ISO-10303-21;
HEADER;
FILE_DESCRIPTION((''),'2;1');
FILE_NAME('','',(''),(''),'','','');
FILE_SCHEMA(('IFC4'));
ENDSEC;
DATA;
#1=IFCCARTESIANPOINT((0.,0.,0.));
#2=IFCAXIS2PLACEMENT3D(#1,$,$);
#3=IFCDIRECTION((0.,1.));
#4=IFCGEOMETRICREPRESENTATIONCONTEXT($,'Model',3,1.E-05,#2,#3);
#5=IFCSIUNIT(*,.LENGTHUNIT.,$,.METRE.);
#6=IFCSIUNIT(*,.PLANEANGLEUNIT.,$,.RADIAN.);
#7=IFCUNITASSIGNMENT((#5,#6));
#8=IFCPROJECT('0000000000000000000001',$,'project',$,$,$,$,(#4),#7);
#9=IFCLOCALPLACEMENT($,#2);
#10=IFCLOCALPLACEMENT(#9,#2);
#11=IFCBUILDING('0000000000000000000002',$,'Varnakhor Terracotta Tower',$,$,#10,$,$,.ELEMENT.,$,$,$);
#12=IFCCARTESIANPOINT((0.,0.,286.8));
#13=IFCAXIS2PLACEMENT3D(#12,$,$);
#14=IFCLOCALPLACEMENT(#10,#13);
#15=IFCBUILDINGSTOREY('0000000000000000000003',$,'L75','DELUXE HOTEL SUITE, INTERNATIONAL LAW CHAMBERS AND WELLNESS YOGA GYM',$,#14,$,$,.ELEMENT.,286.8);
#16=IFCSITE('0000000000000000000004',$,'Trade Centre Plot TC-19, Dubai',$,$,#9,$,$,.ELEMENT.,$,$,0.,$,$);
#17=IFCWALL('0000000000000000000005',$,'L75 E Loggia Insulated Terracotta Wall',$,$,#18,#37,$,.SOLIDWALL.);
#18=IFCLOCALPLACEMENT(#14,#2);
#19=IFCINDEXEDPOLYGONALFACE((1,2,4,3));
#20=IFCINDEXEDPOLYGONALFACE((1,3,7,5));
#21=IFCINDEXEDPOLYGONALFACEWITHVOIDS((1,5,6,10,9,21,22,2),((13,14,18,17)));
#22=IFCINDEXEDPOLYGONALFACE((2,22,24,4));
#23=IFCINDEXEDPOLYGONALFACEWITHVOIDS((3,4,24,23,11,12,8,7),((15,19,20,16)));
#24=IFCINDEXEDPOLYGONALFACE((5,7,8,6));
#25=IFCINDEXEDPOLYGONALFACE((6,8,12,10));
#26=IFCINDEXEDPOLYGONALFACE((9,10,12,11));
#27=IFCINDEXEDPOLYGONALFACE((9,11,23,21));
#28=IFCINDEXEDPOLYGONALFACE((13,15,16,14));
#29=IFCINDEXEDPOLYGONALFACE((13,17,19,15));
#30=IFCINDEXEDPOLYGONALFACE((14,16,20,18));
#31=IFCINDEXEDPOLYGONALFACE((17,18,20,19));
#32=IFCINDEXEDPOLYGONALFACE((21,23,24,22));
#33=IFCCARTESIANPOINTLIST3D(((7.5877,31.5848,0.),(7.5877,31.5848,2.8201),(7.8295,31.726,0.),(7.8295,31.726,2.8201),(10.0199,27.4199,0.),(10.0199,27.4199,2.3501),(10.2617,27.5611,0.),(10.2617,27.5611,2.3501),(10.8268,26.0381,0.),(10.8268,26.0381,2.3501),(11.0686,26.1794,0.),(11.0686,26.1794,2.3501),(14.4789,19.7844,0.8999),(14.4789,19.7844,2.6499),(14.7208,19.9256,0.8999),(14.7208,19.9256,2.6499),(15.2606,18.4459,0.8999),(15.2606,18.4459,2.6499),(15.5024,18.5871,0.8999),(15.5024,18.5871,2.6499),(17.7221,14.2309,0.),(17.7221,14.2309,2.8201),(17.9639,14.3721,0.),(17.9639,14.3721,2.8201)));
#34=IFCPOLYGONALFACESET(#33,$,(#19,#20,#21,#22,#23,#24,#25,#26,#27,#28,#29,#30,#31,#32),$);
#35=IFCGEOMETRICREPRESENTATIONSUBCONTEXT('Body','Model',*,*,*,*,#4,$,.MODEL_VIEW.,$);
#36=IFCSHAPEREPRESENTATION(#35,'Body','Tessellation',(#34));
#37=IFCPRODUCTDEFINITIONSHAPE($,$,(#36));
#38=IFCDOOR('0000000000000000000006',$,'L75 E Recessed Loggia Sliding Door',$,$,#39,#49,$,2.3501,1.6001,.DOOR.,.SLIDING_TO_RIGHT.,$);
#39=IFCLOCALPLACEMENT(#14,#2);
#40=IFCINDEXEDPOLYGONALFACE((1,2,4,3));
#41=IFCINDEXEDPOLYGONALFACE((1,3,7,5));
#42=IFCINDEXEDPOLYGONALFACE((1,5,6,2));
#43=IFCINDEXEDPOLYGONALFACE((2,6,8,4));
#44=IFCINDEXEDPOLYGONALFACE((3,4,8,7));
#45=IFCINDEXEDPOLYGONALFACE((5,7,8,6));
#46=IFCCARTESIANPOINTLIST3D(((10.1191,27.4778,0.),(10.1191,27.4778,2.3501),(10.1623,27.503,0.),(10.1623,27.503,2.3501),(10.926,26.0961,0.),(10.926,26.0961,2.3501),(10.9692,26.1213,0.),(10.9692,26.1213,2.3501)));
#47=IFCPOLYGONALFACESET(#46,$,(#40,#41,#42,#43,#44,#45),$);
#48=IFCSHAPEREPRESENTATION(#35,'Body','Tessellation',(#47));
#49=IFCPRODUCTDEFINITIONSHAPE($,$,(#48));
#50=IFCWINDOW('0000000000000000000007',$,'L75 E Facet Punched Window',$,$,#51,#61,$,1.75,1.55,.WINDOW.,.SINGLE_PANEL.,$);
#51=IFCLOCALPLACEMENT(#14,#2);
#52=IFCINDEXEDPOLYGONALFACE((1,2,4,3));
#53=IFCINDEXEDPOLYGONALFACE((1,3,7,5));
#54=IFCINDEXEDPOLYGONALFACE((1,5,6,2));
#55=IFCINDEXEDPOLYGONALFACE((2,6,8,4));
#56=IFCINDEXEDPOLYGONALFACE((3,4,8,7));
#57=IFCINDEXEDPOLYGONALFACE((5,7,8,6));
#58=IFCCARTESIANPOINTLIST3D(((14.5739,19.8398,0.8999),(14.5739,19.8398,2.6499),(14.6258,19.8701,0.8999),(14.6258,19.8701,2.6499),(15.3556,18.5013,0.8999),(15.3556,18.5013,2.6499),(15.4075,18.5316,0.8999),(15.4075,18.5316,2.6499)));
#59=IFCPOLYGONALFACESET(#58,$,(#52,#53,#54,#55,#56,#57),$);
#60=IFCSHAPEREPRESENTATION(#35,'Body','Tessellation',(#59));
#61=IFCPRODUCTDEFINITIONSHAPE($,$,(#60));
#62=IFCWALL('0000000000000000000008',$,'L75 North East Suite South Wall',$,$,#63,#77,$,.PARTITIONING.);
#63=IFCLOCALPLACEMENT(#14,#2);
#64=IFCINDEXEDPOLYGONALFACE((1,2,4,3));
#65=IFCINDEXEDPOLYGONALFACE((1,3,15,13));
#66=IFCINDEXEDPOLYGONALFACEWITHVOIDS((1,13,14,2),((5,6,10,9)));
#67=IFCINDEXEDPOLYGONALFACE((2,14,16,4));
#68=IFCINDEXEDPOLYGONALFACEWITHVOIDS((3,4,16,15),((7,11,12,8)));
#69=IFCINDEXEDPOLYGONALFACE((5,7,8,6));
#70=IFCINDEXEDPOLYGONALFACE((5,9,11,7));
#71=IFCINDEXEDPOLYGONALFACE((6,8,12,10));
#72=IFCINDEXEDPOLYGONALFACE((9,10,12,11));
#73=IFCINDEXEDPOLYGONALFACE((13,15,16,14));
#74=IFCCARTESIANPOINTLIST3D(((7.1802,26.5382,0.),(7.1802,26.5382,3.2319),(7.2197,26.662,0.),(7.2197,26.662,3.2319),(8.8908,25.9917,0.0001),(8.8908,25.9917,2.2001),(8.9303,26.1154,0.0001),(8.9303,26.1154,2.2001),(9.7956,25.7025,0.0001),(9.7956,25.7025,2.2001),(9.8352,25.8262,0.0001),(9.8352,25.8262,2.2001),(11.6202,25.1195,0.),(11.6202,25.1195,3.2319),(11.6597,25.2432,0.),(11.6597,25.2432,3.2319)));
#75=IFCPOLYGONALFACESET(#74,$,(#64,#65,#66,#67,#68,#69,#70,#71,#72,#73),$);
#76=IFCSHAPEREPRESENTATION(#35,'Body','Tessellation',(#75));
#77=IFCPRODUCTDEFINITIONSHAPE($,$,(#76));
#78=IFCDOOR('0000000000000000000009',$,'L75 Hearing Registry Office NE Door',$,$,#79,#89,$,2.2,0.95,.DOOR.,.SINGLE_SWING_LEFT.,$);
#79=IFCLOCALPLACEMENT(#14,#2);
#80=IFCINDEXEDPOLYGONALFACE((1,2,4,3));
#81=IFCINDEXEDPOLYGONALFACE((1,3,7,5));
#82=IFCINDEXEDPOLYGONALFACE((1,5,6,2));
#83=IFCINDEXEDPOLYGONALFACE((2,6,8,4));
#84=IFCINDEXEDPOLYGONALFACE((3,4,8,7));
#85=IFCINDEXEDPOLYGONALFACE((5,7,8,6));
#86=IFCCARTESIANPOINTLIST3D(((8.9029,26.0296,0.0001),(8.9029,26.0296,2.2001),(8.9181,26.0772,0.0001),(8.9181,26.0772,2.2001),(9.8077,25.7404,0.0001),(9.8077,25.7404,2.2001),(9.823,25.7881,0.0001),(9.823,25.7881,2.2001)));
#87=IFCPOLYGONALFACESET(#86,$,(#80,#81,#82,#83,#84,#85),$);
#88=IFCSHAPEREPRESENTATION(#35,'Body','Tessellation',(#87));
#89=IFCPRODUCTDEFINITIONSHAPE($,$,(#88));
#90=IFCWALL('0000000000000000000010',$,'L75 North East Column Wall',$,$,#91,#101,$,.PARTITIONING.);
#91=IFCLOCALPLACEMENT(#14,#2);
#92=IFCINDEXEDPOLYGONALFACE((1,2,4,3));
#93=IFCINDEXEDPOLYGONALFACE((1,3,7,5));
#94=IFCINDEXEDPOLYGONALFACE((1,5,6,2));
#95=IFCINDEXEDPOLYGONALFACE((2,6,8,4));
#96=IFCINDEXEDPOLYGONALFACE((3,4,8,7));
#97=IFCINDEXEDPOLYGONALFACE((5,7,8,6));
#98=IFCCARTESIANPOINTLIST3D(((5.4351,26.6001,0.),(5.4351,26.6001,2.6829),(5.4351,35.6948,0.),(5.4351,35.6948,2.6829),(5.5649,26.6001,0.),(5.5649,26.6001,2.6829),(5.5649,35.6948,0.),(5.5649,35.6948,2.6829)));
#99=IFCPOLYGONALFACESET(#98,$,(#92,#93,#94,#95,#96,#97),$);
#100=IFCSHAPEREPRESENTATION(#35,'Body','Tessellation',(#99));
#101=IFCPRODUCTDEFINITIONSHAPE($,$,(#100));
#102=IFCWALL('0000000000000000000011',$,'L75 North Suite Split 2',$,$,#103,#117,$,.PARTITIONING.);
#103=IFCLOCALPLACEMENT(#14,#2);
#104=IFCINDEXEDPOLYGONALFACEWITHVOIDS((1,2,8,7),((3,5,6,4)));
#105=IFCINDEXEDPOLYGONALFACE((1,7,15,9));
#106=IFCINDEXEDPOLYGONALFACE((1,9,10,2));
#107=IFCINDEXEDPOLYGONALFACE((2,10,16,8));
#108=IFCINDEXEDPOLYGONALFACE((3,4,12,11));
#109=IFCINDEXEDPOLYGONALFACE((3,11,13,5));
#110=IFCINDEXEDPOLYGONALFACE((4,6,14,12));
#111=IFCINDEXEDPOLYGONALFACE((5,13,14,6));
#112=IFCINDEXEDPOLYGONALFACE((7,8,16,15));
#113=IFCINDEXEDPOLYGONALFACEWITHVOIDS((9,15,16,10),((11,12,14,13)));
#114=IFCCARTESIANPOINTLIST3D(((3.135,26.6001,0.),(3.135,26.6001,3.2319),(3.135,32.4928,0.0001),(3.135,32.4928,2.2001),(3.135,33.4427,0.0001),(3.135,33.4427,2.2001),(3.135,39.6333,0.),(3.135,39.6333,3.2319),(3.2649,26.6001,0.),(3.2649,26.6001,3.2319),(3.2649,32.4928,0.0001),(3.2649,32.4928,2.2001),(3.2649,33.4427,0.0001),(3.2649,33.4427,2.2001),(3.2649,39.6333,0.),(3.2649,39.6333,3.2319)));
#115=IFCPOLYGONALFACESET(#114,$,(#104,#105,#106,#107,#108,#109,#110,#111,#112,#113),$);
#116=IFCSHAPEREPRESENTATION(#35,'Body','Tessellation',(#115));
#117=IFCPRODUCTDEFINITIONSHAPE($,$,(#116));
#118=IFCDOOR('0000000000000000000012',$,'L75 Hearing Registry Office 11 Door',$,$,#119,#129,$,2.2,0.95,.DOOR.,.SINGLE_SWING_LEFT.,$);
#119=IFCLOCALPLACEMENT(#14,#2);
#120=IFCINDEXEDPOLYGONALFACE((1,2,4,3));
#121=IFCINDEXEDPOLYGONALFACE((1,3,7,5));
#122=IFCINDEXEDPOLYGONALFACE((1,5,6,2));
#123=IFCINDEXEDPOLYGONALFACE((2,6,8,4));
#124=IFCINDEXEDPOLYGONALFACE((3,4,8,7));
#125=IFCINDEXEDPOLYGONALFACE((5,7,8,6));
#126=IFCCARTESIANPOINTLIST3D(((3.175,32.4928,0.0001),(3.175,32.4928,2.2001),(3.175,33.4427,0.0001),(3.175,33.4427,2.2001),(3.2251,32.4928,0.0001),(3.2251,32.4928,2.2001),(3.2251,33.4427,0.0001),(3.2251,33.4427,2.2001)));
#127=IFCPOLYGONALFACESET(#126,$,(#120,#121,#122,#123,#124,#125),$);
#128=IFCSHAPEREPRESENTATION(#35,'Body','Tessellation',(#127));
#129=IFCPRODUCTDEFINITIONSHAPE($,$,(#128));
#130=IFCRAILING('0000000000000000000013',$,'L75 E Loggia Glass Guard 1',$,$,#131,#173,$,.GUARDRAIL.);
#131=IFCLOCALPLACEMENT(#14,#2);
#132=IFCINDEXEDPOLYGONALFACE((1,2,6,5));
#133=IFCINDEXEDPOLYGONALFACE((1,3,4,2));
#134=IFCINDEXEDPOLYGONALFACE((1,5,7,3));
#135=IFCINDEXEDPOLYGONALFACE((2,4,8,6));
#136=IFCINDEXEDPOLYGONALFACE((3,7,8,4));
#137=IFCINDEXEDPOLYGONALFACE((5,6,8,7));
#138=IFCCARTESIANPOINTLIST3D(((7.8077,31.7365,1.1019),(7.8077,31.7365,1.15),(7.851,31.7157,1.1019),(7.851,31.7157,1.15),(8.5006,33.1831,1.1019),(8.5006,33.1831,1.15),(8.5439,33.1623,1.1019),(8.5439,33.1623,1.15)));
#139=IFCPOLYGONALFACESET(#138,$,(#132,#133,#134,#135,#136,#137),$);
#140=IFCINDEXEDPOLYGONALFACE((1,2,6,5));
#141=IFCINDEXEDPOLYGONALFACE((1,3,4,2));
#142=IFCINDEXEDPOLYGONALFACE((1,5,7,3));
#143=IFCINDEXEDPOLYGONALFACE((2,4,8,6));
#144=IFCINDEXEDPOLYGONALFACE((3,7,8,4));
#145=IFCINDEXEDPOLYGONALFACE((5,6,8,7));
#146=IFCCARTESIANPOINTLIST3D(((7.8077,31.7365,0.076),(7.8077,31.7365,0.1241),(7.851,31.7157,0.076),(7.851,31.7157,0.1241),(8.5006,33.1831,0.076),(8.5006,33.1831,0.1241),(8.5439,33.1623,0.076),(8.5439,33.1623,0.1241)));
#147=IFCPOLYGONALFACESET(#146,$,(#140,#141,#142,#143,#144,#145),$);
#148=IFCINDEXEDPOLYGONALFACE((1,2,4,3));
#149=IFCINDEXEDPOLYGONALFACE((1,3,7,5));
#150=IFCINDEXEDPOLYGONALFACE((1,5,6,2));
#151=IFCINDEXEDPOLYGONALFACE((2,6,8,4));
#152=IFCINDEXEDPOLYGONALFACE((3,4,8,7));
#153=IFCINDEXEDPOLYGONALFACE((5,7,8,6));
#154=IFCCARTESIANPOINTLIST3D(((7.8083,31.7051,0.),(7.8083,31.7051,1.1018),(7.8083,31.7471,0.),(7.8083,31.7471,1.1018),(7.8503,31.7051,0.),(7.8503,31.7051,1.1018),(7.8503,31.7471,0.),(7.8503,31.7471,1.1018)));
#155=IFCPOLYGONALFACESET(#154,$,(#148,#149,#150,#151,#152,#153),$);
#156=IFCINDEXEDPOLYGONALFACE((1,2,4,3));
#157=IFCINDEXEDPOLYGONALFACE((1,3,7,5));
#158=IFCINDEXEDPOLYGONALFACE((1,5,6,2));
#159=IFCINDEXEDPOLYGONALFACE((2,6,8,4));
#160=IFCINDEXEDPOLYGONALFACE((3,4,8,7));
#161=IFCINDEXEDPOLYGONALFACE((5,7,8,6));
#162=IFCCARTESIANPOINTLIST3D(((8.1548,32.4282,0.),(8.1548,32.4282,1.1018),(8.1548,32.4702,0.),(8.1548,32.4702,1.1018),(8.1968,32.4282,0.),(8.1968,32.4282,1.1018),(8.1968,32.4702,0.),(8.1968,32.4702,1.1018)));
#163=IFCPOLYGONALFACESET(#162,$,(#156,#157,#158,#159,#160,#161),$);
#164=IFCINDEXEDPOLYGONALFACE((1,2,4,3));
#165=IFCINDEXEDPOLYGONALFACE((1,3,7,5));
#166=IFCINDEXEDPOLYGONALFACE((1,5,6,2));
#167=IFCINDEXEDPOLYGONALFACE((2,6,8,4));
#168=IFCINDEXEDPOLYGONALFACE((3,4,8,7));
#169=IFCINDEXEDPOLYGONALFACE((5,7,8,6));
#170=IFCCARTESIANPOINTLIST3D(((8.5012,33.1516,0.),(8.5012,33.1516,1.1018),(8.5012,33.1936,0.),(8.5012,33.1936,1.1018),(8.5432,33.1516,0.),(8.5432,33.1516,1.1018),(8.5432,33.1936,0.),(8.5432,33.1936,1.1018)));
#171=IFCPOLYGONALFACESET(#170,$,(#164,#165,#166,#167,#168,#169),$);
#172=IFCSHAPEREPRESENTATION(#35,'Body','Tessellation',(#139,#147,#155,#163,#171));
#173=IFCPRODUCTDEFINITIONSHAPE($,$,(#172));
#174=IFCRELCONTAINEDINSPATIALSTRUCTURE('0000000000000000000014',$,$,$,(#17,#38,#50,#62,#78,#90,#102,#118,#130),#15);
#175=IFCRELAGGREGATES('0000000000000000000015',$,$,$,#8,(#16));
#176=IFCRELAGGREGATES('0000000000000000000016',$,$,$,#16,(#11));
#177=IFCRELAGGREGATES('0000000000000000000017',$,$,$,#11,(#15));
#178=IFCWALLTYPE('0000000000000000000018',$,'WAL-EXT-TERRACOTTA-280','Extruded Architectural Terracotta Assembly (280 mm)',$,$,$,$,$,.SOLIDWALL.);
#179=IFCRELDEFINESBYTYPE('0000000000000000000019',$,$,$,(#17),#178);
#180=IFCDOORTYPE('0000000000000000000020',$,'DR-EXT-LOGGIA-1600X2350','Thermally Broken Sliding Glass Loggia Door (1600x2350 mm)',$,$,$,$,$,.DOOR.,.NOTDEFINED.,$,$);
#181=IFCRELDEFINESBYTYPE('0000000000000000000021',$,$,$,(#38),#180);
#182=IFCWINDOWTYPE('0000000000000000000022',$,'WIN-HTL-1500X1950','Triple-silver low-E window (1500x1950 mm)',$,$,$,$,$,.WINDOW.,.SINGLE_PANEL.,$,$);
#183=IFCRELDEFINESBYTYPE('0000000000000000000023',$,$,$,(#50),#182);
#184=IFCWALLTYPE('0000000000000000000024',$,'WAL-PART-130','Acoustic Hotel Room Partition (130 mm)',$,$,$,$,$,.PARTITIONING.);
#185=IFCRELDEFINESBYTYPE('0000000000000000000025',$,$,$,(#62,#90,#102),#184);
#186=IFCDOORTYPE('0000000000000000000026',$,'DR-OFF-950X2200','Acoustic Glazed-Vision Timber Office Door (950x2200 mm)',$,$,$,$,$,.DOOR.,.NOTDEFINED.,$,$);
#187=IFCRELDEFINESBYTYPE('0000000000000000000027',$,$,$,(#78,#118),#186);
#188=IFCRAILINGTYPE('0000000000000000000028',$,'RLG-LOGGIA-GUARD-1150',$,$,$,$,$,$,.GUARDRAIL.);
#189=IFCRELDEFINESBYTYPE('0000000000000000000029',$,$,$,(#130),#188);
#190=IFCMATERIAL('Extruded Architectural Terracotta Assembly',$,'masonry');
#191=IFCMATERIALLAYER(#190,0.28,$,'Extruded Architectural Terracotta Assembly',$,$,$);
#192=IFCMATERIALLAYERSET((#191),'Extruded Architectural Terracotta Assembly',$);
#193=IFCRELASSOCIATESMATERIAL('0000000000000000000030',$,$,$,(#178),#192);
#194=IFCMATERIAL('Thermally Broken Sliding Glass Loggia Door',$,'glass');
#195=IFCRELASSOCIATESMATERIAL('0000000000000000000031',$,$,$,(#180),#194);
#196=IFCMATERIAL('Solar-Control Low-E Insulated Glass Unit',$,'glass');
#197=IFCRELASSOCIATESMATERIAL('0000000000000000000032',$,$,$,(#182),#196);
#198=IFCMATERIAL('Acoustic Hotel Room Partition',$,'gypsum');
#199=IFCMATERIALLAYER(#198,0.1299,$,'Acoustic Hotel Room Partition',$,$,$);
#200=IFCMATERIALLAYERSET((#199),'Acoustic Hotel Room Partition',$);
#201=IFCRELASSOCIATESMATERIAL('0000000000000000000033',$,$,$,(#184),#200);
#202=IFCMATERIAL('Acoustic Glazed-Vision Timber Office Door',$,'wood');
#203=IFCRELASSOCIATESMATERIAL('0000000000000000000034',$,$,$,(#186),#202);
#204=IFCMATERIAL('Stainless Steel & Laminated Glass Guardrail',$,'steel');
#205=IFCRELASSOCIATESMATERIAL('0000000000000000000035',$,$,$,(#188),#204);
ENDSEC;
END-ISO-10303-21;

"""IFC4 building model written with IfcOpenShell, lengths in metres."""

from ifc_helpers import new_model, si_unit, direction, frame, frame_2d, origin, origin_2d, place, context, subcontext, project, spatial, rectangle, extrude, source, transform, mapped, material, layer, layer_set, type_object, type_shapes, element, fill, save


model = new_model("IFC4")

# Units and contexts
model_context = context("Model", 3, precision=1e-05, world=origin(), true_north=direction((0.0, 1.0)))
body_context = subcontext(model_context, "Body", "Model", "MODEL_VIEW")
ifc_project = project(units=[si_unit("LENGTHUNIT", "METRE"), si_unit("PLANEANGLEUNIT", "RADIAN")], contexts=[model_context])

# Site, building, storey
site_placement = place(None, origin())
site = spatial("IfcSite", under=ifc_project, at=site_placement, Name="Trade Centre Plot TC-19, Dubai", CompositionType="ELEMENT", RefElevation=0.0)
building_placement = place(site_placement, origin())
building = spatial("IfcBuilding", under=site, at=building_placement, Name="Varnakhor Terracotta Tower", CompositionType="ELEMENT")
storey_placement = place(building_placement, frame((0.0, 0.0, 286.8)))
storey = spatial("IfcBuildingStorey", under=building, at=storey_placement, Name="L75", Description="DELUXE HOTEL SUITE, INTERNATIONAL LAW CHAMBERS AND WELLNESS YOGA GYM", CompositionType="ELEMENT", Elevation=286.8)

# Wall, openings, door, window
ifc_material_1 = material(Name="Extruded Architectural Terracotta Assembly", Category="masonry")
ifc_layer_1 = layer(ifc_material_1, 0.28, Name="Extruded Architectural Terracotta Assembly")
ifc_layer_set_1 = layer_set([ifc_layer_1], Name="Extruded Architectural Terracotta Assembly")
wall_type_1 = type_object("IfcWallType", Name="WAL-EXT-TERRACOTTA-280", Description="Extruded Architectural Terracotta Assembly (280 mm)", PredefinedType="SOLIDWALL", material=ifc_layer_set_1)
wall_1_placement = place(storey_placement, frame((7.7085, 31.6555, 0.0), z_axis=(0.0, 0.0, 1.0), x_axis=(0.504292, -0.863533, 0.0)))
wall_1 = element("IfcWall", 1, at=wall_1_placement, inside=storey, type_object=wall_type_1, Name="L75 E Loggia Insulated Terracotta Wall", PredefinedType="SOLIDWALL", context=body_context, shape_type="SweptSolid", body=[
    extrude(rectangle(XDim=20.0964, YDim=0.28, at=frame_2d((10.0483, 0.0))), origin(), (0.0, 0.0, 1.0), 2.8201),
])
opening_1_placement = place(wall_1_placement, frame((4.8232, 0.0, 0.0)))
opening_1 = element("IfcOpeningElement", 2, at=opening_1_placement, cuts=wall_1, PredefinedType="OPENING", context=body_context, shape_type="SweptSolid", body=[
    extrude(rectangle(XDim=1.6001, YDim=2.3501, at=frame_2d((0.8, 1.175))), frame((0.0, 0.1499, 0.0), z_axis=(0.0, -1.0, 0.0), x_axis=(1.0, 0.0, 0.0)), (0.0, 0.0, 1.0), 0.3),
])
opening_2_placement = place(wall_1_placement, frame((13.6655, 0.0, 0.8999)))
opening_2 = element("IfcOpeningElement", 3, at=opening_2_placement, cuts=wall_1, PredefinedType="OPENING", context=body_context, shape_type="SweptSolid", body=[
    extrude(rectangle(XDim=1.55, YDim=1.75, at=frame_2d((0.7749, 0.875))), frame((0.0, 0.1499, 0.0), z_axis=(0.0, -1.0, 0.0), x_axis=(1.0, 0.0, 0.0)), (0.0, 0.0, 1.0), 0.3),
])
ifc_material_2 = material(Name="Thermally Broken Sliding Glass Loggia Door", Category="glass")
door_type_1 = type_object("IfcDoorType", Name="DR-EXT-LOGGIA-1600X2350", Description="Thermally Broken Sliding Glass Loggia Door (1600x2350 mm)", OperationType="NOTDEFINED", PredefinedType="DOOR", material=ifc_material_2)
shared_shape_1 = source(origin(), body_context, "Body", "SweptSolid", [
    extrude(rectangle(XDim=1.6001, YDim=2.3501, at=frame_2d((0.8, 1.175))), frame((0.0, 0.0249, 0.0), z_axis=(0.0, -1.0, 0.0), x_axis=(1.0, 0.0, 0.0)), (0.0, 0.0, 1.0), 0.05),
])
type_shapes(door_type_1, [shared_shape_1])
door_1_placement = place(opening_1_placement, origin())
door_1 = element("IfcDoor", 4, at=door_1_placement, inside=storey, type_object=door_type_1, Name="L75 E Recessed Loggia Sliding Door", OperationType="SLIDING_TO_RIGHT", OverallHeight=2.3501, OverallWidth=1.6001, PredefinedType="DOOR", context=body_context, shape_type="MappedRepresentation", body=[
    mapped(shared_shape_1, transform((0.0, 0.0, 0.0), scale=1.0)),
])
fill(opening_1, door_1)
ifc_material_3 = material(Name="Solar-Control Low-E Insulated Glass Unit", Category="glass")
window_type = type_object("IfcWindowType", Name="WIN-HTL-1500X1950", Description="Triple-silver low-E window (1500x1950 mm)", PartitioningType="SINGLE_PANEL", PredefinedType="WINDOW", material=ifc_material_3)
shared_shape_2 = source(origin(), body_context, "Body", "SweptSolid", [
    extrude(rectangle(XDim=1.55, YDim=1.75, at=frame_2d((0.7749, 0.875))), frame((0.0, 0.03, 0.0), z_axis=(0.0, -1.0, 0.0), x_axis=(1.0, 0.0, 0.0)), (0.0, 0.0, 1.0), 0.0601),
])
type_shapes(window_type, [shared_shape_2])
window_placement = place(opening_2_placement, origin())
window = element("IfcWindow", 5, at=window_placement, inside=storey, type_object=window_type, Name="L75 E Facet Punched Window", OverallHeight=1.75, OverallWidth=1.55, PartitioningType="SINGLE_PANEL", PredefinedType="WINDOW", context=body_context, shape_type="MappedRepresentation", body=[
    mapped(shared_shape_2, transform((0.0, 0.0, 0.0), scale=1.0)),
])
fill(opening_2, window)

# Wall, opening, door
ifc_material_4 = material(Name="Acoustic Hotel Room Partition", Category="gypsum")
ifc_layer_2 = layer(ifc_material_4, 0.1299, Name="Acoustic Hotel Room Partition")
ifc_layer_set_2 = layer_set([ifc_layer_2], Name="Acoustic Hotel Room Partition")
wall_type_2 = type_object("IfcWallType", Name="WAL-PART-130", Description="Acoustic Hotel Room Partition (130 mm)", PredefinedType="PARTITIONING", material=ifc_layer_set_2)
wall_2_placement = place(storey_placement, frame((7.2, 26.6001, 0.0), z_axis=(0.0, 0.0, 1.0), x_axis=(0.952554, -0.304371, 0.0)))
wall_2 = element("IfcWall", 6, at=wall_2_placement, inside=storey, type_object=wall_type_2, Name="L75 North East Suite South Wall", PredefinedType="PARTITIONING", context=body_context, shape_type="SweptSolid", body=[
    extrude(rectangle(XDim=4.6611, YDim=0.1299, at=frame_2d((2.3306, 0.0))), origin(), (0.0, 0.0, 1.0), 3.2319),
])
opening_3_placement = place(wall_2_placement, frame((1.7957, 0.0, 0.0)))
opening_3 = element("IfcOpeningElement", 7, at=opening_3_placement, cuts=wall_2, PredefinedType="OPENING", context=body_context, shape_type="SweptSolid", body=[
    extrude(rectangle(XDim=0.95, YDim=2.2, at=frame_2d((0.4751, 1.1001))), frame((0.0, 0.075, 0.0), z_axis=(0.0, -1.0, 0.0), x_axis=(1.0, 0.0, 0.0)), (0.0, 0.0, 1.0), 0.1499),
])
ifc_material_5 = material(Name="Acoustic Glazed-Vision Timber Office Door", Category="wood")
door_type_2 = type_object("IfcDoorType", Name="DR-OFF-950X2200", Description="Acoustic Glazed-Vision Timber Office Door (950x2200 mm)", OperationType="NOTDEFINED", PredefinedType="DOOR", material=ifc_material_5)
shared_shape_3 = source(origin(), body_context, "Body", "SweptSolid", [
    extrude(rectangle(XDim=0.95, YDim=2.2, at=frame_2d((0.4751, 1.1001))), frame((0.0, 0.0249, 0.0), z_axis=(0.0, -1.0, 0.0), x_axis=(1.0, 0.0, 0.0)), (0.0, 0.0, 1.0), 0.05),
])
type_shapes(door_type_2, [shared_shape_3])
door_2_placement = place(opening_3_placement, origin())
door_2 = element("IfcDoor", 8, at=door_2_placement, inside=storey, type_object=door_type_2, Name="L75 Hearing Registry Office NE Door", OperationType="SINGLE_SWING_LEFT", OverallHeight=2.2, OverallWidth=0.95, PredefinedType="DOOR", context=body_context, shape_type="MappedRepresentation", body=[
    mapped(shared_shape_3, transform((0.0, 0.0, 0.0), scale=1.0)),
])
fill(opening_3, door_2)

# Wall
wall_3_placement = place(storey_placement, frame((5.5, 26.6001, 0.0), z_axis=(0.0, 0.0, 1.0), x_axis=(0.0, 1.0, 0.0)))
element("IfcWall", 9, at=wall_3_placement, inside=storey, type_object=wall_type_2, Name="L75 North East Column Wall", PredefinedType="PARTITIONING", context=body_context, shape_type="SweptSolid", body=[
    extrude(rectangle(XDim=9.0947, YDim=0.1299, at=frame_2d((4.5474, 0.0))), origin(), (0.0, 0.0, 1.0), 2.6829),
])

# Wall, opening, door
wall_4_placement = place(storey_placement, frame((3.2, 26.6001, 0.0), z_axis=(0.0, 0.0, 1.0), x_axis=(0.0, 1.0, 0.0)))
wall_4 = element("IfcWall", 10, at=wall_4_placement, inside=storey, type_object=wall_type_2, Name="L75 North Suite Split 2", PredefinedType="PARTITIONING", context=body_context, shape_type="SweptSolid", body=[
    extrude(rectangle(XDim=13.0332, YDim=0.1299, at=frame_2d((6.5166, 0.0))), origin(), (0.0, 0.0, 1.0), 3.2319),
])
opening_4_placement = place(wall_4_placement, frame((5.8926, 0.0, 0.0)))
opening_4 = element("IfcOpeningElement", 11, at=opening_4_placement, cuts=wall_4, PredefinedType="OPENING", context=body_context, shape_type="SweptSolid", body=[
    extrude(rectangle(XDim=0.95, YDim=2.2, at=frame_2d((0.4751, 1.1001))), frame((0.0, 0.075, 0.0), z_axis=(0.0, -1.0, 0.0), x_axis=(1.0, 0.0, 0.0)), (0.0, 0.0, 1.0), 0.1499),
])
door_3_placement = place(opening_4_placement, origin())
door_3 = element("IfcDoor", 12, at=door_3_placement, inside=storey, type_object=door_type_2, Name="L75 Hearing Registry Office 11 Door", OperationType="SINGLE_SWING_LEFT", OverallHeight=2.2, OverallWidth=0.95, PredefinedType="DOOR", context=body_context, shape_type="MappedRepresentation", body=[
    mapped(shared_shape_3, transform((0.0, 0.0, 0.0), scale=1.0)),
])
fill(opening_4, door_3)

# Railing
ifc_material_6 = material(Name="Stainless Steel & Laminated Glass Guardrail", Category="steel")
railing_type = type_object("IfcRailingType", Name="RLG-LOGGIA-GUARD-1150", PredefinedType="GUARDRAIL", material=ifc_material_6)
railing_1_placement = place(storey_placement, frame((7.8293, 31.7261, 0.0)))
element("IfcRailing", 13, at=railing_1_placement, inside=storey, type_object=railing_type, Name="L75 E Loggia Glass Guard 1", PredefinedType="GUARDRAIL", context=body_context, shape_type="SweptSolid", body=[
    extrude(rectangle(XDim=0.0481, YDim=0.0481, at=origin_2d()), frame((0.0, 0.0, 1.126), z_axis=(0.431989, 0.901879, 0.0), x_axis=(-0.901879, 0.431989, 0.0)), (0.0, 0.0, 1.0), 1.604),
    extrude(rectangle(XDim=0.0481, YDim=0.0481, at=origin_2d()), frame((0.0, 0.0, 0.1001), z_axis=(0.431989, 0.901879, 0.0), x_axis=(-0.901879, 0.431989, 0.0)), (0.0, 0.0, 1.0), 1.604),
    extrude(rectangle(XDim=0.042, YDim=0.042, at=origin_2d()), origin(), (0.0, 0.0, 1.0), 1.1018),
    extrude(rectangle(XDim=0.042, YDim=0.042, at=origin_2d()), frame((0.3464, 0.7231, 0.0)), (0.0, 0.0, 1.0), 1.1018),
    extrude(rectangle(XDim=0.042, YDim=0.042, at=origin_2d()), frame((0.6929, 1.4465, 0.0)), (0.0, 0.0, 1.0), 1.1018),
])

save(model, "model.ifc")
